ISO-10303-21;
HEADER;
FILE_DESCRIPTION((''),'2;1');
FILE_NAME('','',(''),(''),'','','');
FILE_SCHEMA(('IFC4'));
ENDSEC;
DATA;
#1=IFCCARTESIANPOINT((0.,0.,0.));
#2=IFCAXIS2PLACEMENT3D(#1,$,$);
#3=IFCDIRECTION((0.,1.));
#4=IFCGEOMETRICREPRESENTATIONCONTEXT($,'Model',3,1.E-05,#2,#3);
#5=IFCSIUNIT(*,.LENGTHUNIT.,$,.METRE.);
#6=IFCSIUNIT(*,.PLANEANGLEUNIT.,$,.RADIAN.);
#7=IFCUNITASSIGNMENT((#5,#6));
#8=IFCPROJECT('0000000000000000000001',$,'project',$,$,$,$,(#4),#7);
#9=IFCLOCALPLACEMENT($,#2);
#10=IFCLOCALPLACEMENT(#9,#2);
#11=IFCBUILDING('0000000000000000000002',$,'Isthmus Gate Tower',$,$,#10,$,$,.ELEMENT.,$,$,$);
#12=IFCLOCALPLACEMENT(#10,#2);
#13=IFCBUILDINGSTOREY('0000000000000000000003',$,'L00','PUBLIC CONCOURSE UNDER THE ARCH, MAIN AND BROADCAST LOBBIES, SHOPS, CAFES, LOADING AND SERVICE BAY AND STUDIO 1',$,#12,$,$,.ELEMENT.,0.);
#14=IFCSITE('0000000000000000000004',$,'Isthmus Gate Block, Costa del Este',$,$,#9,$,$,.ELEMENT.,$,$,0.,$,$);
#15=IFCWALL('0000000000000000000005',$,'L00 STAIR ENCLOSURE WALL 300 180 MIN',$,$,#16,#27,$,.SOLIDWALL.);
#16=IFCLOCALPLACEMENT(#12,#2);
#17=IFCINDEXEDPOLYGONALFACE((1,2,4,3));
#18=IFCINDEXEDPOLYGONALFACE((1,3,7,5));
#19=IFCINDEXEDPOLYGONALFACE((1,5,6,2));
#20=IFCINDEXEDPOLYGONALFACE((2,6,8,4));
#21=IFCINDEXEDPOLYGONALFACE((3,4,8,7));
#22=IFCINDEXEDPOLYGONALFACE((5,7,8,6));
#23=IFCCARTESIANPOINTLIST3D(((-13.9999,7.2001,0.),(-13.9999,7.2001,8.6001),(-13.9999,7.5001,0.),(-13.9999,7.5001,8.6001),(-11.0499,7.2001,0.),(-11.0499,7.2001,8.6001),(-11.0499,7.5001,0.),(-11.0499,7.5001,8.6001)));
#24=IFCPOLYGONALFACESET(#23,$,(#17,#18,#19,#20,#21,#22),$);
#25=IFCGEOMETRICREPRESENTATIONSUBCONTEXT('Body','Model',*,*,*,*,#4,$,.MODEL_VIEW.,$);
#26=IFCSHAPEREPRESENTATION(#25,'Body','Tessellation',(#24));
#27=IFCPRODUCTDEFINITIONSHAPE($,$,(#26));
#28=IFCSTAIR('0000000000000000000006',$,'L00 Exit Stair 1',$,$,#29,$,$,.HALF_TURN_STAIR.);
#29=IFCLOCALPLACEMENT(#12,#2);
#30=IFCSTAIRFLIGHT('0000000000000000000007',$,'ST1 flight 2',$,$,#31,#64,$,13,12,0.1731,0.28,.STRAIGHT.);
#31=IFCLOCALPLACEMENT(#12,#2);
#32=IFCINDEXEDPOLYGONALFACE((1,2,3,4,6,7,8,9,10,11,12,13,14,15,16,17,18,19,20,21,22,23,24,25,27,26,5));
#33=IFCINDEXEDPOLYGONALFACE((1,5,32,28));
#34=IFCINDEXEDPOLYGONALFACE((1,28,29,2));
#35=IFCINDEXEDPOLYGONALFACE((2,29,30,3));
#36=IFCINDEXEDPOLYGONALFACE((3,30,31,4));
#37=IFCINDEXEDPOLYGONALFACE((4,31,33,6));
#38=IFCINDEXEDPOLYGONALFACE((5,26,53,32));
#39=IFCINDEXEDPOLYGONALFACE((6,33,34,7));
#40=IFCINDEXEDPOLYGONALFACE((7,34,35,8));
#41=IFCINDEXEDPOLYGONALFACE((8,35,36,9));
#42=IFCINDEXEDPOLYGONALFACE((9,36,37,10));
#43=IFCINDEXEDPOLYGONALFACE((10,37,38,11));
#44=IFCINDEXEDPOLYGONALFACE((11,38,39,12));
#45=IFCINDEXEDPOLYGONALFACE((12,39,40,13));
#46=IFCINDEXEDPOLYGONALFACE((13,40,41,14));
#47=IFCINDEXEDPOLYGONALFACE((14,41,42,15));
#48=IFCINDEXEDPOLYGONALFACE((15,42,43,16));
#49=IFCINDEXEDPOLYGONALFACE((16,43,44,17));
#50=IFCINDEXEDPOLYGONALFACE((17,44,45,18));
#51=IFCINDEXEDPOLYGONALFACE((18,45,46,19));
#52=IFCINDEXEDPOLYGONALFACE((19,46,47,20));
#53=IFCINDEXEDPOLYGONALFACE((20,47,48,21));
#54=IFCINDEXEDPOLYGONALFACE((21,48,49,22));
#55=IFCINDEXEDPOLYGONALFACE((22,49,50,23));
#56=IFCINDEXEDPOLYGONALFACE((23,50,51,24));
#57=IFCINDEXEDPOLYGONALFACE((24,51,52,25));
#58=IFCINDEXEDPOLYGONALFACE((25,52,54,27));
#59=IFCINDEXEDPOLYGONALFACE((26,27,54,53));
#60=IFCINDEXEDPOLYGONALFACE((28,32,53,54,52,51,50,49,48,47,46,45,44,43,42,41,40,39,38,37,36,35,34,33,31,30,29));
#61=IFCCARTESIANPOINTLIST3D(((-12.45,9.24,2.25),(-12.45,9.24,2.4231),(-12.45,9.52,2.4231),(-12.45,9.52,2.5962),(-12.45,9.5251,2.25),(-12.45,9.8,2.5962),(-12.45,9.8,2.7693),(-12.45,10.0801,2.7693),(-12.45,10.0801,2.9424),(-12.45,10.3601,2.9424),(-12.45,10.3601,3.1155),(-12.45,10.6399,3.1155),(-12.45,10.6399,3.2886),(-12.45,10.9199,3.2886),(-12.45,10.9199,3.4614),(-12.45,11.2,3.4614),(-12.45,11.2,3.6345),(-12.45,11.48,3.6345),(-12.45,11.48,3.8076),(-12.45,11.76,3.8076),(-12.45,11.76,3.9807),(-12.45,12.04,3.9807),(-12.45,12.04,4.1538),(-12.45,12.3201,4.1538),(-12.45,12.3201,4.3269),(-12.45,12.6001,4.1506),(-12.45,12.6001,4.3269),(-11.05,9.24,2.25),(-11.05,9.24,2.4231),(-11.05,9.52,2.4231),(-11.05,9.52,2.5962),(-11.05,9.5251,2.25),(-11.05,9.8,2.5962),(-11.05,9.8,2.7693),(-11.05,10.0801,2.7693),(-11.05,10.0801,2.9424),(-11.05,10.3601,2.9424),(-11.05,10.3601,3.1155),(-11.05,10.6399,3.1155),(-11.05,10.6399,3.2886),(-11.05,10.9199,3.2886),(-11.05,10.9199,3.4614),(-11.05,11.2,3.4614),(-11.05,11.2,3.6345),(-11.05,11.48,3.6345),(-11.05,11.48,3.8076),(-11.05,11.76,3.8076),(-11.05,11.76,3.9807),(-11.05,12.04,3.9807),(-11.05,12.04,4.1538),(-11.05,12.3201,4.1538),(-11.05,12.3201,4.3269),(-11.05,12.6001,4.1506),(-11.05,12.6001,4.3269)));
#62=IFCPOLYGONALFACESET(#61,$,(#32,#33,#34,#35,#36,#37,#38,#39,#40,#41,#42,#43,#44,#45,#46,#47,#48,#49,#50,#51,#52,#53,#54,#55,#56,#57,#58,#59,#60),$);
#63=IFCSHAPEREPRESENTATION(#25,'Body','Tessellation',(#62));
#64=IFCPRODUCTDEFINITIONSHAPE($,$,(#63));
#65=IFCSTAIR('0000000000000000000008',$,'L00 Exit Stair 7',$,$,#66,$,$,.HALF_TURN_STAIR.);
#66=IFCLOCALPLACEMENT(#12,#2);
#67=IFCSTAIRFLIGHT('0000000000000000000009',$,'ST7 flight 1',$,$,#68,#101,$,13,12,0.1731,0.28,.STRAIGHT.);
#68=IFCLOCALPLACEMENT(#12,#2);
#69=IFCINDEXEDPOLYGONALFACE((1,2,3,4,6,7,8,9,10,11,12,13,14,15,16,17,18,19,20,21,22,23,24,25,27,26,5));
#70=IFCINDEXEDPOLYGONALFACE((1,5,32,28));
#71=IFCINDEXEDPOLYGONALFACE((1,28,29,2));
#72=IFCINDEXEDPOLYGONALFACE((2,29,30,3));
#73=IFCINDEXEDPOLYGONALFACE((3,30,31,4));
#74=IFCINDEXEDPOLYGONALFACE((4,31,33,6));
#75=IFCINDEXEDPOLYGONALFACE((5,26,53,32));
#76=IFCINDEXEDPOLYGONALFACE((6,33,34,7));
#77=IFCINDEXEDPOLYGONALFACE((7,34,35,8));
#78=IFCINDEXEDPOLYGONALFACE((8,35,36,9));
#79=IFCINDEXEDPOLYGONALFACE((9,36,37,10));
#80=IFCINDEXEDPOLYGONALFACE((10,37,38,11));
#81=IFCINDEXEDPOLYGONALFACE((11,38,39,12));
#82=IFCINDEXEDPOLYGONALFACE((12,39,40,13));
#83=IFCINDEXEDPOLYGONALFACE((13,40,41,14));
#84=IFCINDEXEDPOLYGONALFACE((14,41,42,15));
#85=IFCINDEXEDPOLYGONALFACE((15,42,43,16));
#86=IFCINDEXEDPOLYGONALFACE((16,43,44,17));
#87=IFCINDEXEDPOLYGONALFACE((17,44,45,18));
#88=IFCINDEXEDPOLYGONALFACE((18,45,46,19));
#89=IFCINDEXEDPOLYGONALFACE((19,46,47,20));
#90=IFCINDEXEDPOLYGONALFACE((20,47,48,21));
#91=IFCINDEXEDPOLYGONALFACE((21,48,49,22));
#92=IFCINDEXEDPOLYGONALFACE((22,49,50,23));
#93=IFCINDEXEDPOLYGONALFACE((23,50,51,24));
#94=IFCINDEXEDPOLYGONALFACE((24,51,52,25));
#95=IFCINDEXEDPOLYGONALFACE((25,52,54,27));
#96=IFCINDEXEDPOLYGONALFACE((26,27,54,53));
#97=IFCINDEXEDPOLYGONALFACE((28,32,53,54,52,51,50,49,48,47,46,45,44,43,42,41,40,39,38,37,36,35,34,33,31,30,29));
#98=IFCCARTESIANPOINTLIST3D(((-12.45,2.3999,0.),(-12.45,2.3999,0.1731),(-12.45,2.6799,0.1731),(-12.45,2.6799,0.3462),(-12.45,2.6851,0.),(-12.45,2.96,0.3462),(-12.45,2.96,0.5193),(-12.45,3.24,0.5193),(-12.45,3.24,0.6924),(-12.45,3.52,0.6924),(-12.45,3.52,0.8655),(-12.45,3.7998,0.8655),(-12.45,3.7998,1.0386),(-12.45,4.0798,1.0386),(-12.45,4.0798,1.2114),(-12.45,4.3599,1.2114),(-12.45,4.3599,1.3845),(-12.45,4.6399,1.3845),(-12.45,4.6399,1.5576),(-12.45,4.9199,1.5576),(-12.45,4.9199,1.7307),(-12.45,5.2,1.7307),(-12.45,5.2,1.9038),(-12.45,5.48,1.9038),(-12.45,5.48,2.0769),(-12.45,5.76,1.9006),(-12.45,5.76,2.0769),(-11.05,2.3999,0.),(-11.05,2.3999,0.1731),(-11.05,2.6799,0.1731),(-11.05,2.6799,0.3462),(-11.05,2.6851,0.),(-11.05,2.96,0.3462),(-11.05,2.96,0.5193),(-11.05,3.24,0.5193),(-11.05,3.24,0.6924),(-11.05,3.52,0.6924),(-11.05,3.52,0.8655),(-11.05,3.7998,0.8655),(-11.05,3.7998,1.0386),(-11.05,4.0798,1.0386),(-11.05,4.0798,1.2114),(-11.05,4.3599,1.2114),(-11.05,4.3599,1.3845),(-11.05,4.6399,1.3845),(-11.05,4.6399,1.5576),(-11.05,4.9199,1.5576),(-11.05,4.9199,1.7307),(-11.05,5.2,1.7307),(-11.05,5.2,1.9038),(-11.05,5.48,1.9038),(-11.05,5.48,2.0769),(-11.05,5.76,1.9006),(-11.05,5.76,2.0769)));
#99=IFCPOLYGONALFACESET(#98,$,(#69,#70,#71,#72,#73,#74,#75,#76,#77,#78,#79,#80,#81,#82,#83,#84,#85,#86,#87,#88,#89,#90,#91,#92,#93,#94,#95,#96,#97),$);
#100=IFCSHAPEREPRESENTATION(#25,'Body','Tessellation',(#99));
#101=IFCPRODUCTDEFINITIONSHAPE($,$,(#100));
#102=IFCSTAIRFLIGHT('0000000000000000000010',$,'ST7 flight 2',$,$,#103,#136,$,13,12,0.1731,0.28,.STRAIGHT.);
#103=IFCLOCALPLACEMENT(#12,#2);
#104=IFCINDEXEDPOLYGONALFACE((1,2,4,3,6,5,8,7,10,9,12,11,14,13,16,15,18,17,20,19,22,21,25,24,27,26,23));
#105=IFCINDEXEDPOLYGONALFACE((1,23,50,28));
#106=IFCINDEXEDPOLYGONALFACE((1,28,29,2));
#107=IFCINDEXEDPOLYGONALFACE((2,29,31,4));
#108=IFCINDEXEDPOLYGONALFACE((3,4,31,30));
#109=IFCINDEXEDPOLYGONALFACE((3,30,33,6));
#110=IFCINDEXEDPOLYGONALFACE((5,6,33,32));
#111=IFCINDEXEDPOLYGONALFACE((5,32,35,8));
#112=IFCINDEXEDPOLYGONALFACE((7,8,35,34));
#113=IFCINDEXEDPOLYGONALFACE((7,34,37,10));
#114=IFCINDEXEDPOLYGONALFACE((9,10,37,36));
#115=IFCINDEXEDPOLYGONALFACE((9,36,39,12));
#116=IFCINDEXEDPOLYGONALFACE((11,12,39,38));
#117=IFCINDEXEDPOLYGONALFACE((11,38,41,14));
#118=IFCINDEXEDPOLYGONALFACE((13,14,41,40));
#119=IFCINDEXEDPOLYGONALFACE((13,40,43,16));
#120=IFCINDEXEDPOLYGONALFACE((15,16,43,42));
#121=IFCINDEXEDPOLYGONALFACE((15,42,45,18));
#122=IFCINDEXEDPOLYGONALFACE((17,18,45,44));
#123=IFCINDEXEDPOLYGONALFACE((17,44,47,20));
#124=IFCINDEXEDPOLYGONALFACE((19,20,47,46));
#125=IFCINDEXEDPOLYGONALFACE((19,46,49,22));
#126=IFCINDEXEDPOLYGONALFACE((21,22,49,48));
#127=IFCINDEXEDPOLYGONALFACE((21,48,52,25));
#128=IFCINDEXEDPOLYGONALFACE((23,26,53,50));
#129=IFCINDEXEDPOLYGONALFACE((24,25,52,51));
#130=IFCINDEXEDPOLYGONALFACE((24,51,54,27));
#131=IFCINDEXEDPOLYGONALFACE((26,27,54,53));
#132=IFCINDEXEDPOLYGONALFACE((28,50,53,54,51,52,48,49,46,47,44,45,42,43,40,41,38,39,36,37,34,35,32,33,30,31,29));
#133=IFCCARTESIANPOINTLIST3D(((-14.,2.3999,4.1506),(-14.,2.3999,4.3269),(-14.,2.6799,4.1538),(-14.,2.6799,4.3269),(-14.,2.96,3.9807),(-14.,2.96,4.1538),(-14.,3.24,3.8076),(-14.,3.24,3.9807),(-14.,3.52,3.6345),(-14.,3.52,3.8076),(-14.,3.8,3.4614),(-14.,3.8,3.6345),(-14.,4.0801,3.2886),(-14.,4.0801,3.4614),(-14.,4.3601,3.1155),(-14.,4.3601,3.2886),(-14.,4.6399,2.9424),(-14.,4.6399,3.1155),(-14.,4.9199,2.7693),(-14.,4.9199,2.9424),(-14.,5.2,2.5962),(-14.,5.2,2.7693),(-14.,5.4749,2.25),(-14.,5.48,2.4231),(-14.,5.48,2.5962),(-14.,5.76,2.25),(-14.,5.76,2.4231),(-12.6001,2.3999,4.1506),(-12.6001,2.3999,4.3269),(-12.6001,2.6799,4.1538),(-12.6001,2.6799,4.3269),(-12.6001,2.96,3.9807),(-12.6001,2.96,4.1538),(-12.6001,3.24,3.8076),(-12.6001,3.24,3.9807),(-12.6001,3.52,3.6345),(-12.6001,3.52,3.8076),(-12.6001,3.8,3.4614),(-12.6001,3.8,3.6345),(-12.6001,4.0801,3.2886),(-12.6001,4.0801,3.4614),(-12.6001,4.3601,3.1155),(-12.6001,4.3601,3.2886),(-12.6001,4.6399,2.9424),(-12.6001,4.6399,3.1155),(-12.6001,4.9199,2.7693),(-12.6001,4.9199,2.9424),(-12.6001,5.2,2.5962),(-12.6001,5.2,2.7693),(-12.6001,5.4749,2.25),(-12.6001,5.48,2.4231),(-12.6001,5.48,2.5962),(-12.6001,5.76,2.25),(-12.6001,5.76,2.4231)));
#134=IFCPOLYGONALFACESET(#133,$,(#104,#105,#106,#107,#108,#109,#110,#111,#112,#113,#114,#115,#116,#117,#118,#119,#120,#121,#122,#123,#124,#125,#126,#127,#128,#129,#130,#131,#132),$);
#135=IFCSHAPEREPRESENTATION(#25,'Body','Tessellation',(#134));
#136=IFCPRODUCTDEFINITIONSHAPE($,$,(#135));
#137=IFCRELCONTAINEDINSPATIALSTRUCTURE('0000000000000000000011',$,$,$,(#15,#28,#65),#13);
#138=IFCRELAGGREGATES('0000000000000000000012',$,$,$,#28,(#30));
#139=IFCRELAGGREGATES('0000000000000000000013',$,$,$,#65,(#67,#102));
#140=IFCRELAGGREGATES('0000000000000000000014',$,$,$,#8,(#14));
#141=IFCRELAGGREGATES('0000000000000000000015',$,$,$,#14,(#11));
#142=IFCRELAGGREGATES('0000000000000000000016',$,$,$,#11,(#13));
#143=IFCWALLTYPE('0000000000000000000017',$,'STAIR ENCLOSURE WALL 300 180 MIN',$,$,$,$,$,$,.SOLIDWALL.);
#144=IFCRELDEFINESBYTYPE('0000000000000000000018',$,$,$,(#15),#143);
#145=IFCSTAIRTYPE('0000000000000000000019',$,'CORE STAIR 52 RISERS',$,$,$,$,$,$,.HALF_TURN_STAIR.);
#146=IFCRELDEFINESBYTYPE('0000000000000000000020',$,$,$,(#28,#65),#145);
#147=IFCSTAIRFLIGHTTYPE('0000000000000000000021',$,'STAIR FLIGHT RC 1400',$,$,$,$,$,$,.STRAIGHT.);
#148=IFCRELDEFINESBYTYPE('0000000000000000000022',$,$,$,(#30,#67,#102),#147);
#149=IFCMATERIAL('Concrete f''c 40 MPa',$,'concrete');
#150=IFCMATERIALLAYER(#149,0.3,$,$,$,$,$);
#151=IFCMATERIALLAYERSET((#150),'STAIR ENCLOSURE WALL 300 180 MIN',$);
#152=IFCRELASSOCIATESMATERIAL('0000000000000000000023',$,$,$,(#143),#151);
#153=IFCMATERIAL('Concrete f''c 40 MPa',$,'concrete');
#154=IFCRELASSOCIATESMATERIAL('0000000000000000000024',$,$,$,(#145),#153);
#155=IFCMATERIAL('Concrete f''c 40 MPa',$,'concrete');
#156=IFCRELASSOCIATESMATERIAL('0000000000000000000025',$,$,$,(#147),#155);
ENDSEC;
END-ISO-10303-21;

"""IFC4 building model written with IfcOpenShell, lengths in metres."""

from ifc_helpers import new_model, si_unit, direction, frame, frame_2d, origin, place, context, subcontext, project, spatial, polyline, rectangle, outline, extrude, material, layer, layer_set, type_object, element, aggregate, save


model = new_model("IFC4")

# Units and contexts
model_context = context("Model", 3, precision=1e-05, world=origin(), true_north=direction((0.0, 1.0)))
body_context = subcontext(model_context, "Body", "Model", "MODEL_VIEW")
ifc_project = project(units=[si_unit("LENGTHUNIT", "METRE"), si_unit("PLANEANGLEUNIT", "RADIAN")], contexts=[model_context])

# Site, building, storey
site_placement = place(None, origin())
site = spatial("IfcSite", under=ifc_project, at=site_placement, Name="Isthmus Gate Block, Costa del Este", CompositionType="ELEMENT", RefElevation=0.0)
building_placement = place(site_placement, origin())
building = spatial("IfcBuilding", under=site, at=building_placement, Name="Isthmus Gate Tower", CompositionType="ELEMENT")
storey_placement = place(building_placement, origin())
storey = spatial("IfcBuildingStorey", under=building, at=storey_placement, Name="L00", Description="PUBLIC CONCOURSE UNDER THE ARCH, MAIN AND BROADCAST LOBBIES, SHOPS, CAFES, LOADING AND SERVICE BAY AND STUDIO 1", CompositionType="ELEMENT", Elevation=0.0)

# Wall
ifc_material_1 = material(Name="Concrete f'c 40 MPa", Category="concrete")
ifc_layer_1 = layer(ifc_material_1, 0.3)
ifc_layer_set_1 = layer_set([ifc_layer_1], Name="STAIR ENCLOSURE WALL 300 180 MIN")
wall_type_1 = type_object("IfcWallType", Name="STAIR ENCLOSURE WALL 300 180 MIN", PredefinedType="SOLIDWALL", material=ifc_layer_set_1)
wall_1_placement = place(storey_placement, frame((-14.0, 7.3501, 0.0), z_axis=(0.0, 0.0, 1.0), x_axis=(1.0, 0.0, 0.0)))
element("IfcWall", 1, at=wall_1_placement, inside=storey, type_object=wall_type_1, Name="L00 STAIR ENCLOSURE WALL 300 180 MIN", PredefinedType="SOLIDWALL", context=body_context, shape_type="SweptSolid", body=[
    extrude(rectangle(XDim=2.95, YDim=0.3, at=frame_2d((1.4751, 0.0))), origin(), (0.0, 0.0, 1.0), 8.6001),
])

# Stair, stair flight
ifc_material_2 = material(Name="Concrete f'c 40 MPa", Category="concrete")
stair_type = type_object("IfcStairType", Name="CORE STAIR 52 RISERS", PredefinedType="HALF_TURN_STAIR", material=ifc_material_2)
stair_1_placement = place(storey_placement, origin())
stair_1 = element("IfcStair", 2, at=stair_1_placement, inside=storey, type_object=stair_type, Name="L00 Exit Stair 1", PredefinedType="HALF_TURN_STAIR")
ifc_material_3 = material(Name="Concrete f'c 40 MPa", Category="concrete")
stair_flight_type = type_object("IfcStairFlightType", Name="STAIR FLIGHT RC 1400", PredefinedType="STRAIGHT", material=ifc_material_3)
stair_flight_1_placement = place(storey_placement, frame((-11.75, 9.24, 2.25), z_axis=(0.0, 0.0, 1.0), x_axis=(0.0, 1.0, 0.0)))
stair_flight_1 = element("IfcStairFlight", 3, at=stair_flight_1_placement, type_object=stair_flight_type, Name="ST1 flight 2", NumberOfRisers=13, NumberOfTreads=12, PredefinedType="STRAIGHT", RiserHeight=0.1731, TreadLength=0.28, context=body_context, shape_type="SweptSolid", body=[
    extrude(outline(polyline([(0.0, 0.0), (0.0, 0.1731), (0.28, 0.1731), (0.28, 0.3462), (0.5601, 0.3462), (0.5601, 0.5193), (0.8401, 0.5193), (0.8401, 0.6924), (1.1201, 0.6924), (1.1201, 0.8655), (1.3999, 0.8655), (1.3999, 1.0386), (1.6799, 1.0386), (1.6799, 1.2114), (1.96, 1.2114), (1.96, 1.3845), (2.24, 1.3845), (2.24, 1.5576), (2.52, 1.5576), (2.52, 1.7307), (2.8, 1.7307), (2.8, 1.9038), (3.0801, 1.9038), (3.0801, 2.0769), (3.3601, 2.0769), (3.3601, 2.25), (3.3601, 1.9006), (0.2852, 0.0), (0.0, 0.0)])), frame((0.0, 0.7, 0.0), z_axis=(0.0, -1.0, 0.0), x_axis=(1.0, 0.0, 0.0)), (0.0, 0.0, 1.0), 1.3999),
])
aggregate(stair_1, [stair_flight_1])

# Stair, stair flights
stair_2_placement = place(storey_placement, origin())
stair_2 = element("IfcStair", 4, at=stair_2_placement, inside=storey, type_object=stair_type, Name="L00 Exit Stair 7", PredefinedType="HALF_TURN_STAIR")
stair_flight_2_placement = place(storey_placement, frame((-11.75, 2.3999, 0.0), z_axis=(0.0, 0.0, 1.0), x_axis=(0.0, 1.0, 0.0)))
stair_flight_2 = element("IfcStairFlight", 5, at=stair_flight_2_placement, type_object=stair_flight_type, Name="ST7 flight 1", NumberOfRisers=13, NumberOfTreads=12, PredefinedType="STRAIGHT", RiserHeight=0.1731, TreadLength=0.28, context=body_context, shape_type="SweptSolid", body=[
    extrude(outline(polyline([(0.0, 0.0), (0.0, 0.1731), (0.28, 0.1731), (0.28, 0.3462), (0.5601, 0.3462), (0.5601, 0.5193), (0.8401, 0.5193), (0.8401, 0.6924), (1.1201, 0.6924), (1.1201, 0.8655), (1.3999, 0.8655), (1.3999, 1.0386), (1.6799, 1.0386), (1.6799, 1.2114), (1.96, 1.2114), (1.96, 1.3845), (2.24, 1.3845), (2.24, 1.5576), (2.52, 1.5576), (2.52, 1.7307), (2.8, 1.7307), (2.8, 1.9038), (3.0801, 1.9038), (3.0801, 2.0769), (3.3601, 2.0769), (3.3601, 2.25), (3.3601, 1.9006), (0.2852, 0.0), (0.0, 0.0)])), frame((0.0, 0.7, 0.0), z_axis=(0.0, -1.0, 0.0), x_axis=(1.0, 0.0, 0.0)), (0.0, 0.0, 1.0), 1.3999),
])
stair_flight_3_placement = place(storey_placement, frame((-13.3, 5.76, 2.25), z_axis=(0.0, 0.0, 1.0), x_axis=(0.0, -1.0, 0.0)))
stair_flight_3 = element("IfcStairFlight", 6, at=stair_flight_3_placement, type_object=stair_flight_type, Name="ST7 flight 2", NumberOfRisers=13, NumberOfTreads=12, PredefinedType="STRAIGHT", RiserHeight=0.1731, TreadLength=0.28, context=body_context, shape_type="SweptSolid", body=[
    extrude(outline(polyline([(0.0, 0.0), (0.0, 0.1731), (0.28, 0.1731), (0.28, 0.3462), (0.5601, 0.3462), (0.5601, 0.5193), (0.8401, 0.5193), (0.8401, 0.6924), (1.1201, 0.6924), (1.1201, 0.8655), (1.3999, 0.8655), (1.3999, 1.0386), (1.6799, 1.0386), (1.6799, 1.2114), (1.96, 1.2114), (1.96, 1.3845), (2.24, 1.3845), (2.24, 1.5576), (2.52, 1.5576), (2.52, 1.7307), (2.8, 1.7307), (2.8, 1.9038), (3.0801, 1.9038), (3.0801, 2.0769), (3.3601, 2.0769), (3.3601, 2.25), (3.3601, 1.9006), (0.2852, 0.0), (0.0, 0.0)])), frame((0.0, 0.7, 0.0), z_axis=(0.0, -1.0, 0.0), x_axis=(1.0, 0.0, 0.0)), (0.0, 0.0, 1.0), 1.3999),
])
aggregate(stair_2, [stair_flight_2, stair_flight_3])

save(model, "model.ifc")
